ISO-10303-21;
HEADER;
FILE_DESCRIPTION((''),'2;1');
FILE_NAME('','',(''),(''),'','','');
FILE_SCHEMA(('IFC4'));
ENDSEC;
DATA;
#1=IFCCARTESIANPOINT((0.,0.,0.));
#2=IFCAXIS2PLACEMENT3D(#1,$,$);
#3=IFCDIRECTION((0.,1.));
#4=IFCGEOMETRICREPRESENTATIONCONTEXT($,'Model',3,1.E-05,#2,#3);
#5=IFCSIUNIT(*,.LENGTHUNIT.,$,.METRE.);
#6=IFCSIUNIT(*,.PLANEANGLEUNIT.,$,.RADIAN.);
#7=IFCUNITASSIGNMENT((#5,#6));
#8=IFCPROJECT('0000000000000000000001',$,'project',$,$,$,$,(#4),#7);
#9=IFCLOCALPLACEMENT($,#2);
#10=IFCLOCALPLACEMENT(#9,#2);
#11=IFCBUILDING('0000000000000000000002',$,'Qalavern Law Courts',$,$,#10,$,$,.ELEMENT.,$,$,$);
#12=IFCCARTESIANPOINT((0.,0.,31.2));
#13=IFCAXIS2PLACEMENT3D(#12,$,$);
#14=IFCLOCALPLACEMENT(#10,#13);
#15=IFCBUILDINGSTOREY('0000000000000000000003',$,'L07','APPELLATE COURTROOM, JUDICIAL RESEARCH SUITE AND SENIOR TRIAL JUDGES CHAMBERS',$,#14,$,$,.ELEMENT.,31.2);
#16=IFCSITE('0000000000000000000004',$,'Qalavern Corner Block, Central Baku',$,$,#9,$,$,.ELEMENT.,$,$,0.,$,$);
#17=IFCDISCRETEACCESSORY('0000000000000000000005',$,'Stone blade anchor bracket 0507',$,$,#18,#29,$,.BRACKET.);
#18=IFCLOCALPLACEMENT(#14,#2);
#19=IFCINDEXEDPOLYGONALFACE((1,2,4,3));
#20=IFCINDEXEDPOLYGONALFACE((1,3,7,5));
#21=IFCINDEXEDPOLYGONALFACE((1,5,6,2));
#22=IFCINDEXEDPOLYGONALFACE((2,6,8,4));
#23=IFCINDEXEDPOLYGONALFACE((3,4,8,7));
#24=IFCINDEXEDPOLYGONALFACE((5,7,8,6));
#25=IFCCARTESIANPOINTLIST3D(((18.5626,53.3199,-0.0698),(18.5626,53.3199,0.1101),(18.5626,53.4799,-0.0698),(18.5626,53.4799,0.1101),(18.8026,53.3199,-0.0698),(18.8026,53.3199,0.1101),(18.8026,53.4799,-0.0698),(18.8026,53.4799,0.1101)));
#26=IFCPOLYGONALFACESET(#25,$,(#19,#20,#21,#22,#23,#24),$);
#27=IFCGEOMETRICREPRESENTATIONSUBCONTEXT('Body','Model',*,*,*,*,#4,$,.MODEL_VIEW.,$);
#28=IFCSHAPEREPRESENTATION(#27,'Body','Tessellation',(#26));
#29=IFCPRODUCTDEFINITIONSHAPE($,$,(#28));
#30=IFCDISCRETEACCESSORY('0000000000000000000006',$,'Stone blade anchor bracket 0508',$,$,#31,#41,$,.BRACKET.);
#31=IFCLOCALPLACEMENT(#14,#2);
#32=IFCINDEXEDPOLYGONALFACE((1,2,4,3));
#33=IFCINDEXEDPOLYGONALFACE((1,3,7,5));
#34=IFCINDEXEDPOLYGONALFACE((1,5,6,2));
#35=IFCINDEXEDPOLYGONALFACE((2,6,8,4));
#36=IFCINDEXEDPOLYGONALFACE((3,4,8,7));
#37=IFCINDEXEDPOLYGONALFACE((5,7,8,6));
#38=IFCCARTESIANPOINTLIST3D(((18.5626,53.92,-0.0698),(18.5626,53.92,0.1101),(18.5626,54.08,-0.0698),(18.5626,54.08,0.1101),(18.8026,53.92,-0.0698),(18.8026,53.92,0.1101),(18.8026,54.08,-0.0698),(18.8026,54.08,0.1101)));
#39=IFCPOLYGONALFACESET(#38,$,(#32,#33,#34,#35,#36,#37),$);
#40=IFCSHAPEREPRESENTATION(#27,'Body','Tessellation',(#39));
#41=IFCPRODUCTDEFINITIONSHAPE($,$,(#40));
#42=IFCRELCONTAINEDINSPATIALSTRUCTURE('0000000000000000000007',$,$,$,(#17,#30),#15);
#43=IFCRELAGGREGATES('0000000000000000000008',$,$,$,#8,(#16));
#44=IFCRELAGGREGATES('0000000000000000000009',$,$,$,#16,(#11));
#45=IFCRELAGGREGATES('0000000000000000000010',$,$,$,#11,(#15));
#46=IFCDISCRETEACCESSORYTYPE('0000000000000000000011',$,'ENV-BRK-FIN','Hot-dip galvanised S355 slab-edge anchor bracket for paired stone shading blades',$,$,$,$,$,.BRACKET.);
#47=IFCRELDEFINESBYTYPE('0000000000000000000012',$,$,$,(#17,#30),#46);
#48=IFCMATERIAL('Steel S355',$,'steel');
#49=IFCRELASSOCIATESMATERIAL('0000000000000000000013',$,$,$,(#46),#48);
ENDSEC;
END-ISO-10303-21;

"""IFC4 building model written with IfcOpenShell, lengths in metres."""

from ifc_helpers import new_model, si_unit, direction, frame, origin, origin_2d, place, context, subcontext, project, spatial, rectangle, extrude, material, type_object, element, save


model = new_model("IFC4")

# Units and contexts
model_context = context("Model", 3, precision=1e-05, world=origin(), true_north=direction((0.0, 1.0)))
body_context = subcontext(model_context, "Body", "Model", "MODEL_VIEW")
ifc_project = project(units=[si_unit("LENGTHUNIT", "METRE"), si_unit("PLANEANGLEUNIT", "RADIAN")], contexts=[model_context])

# Site, building, storey
site_placement = place(None, origin())
site = spatial("IfcSite", under=ifc_project, at=site_placement, Name="Qalavern Corner Block, Central Baku", CompositionType="ELEMENT", RefElevation=0.0)
building_placement = place(site_placement, origin())
building = spatial("IfcBuilding", under=site, at=building_placement, Name="Qalavern Law Courts", CompositionType="ELEMENT")
storey_placement = place(building_placement, frame((0.0, 0.0, 31.2)))
storey = spatial("IfcBuildingStorey", under=building, at=storey_placement, Name="L07", Description="APPELLATE COURTROOM, JUDICIAL RESEARCH SUITE AND SENIOR TRIAL JUDGES CHAMBERS", CompositionType="ELEMENT", Elevation=31.2)

# Discrete accessories
ifc_material_1 = material(Name="Steel S355", Category="steel")
discrete_accessory_type = type_object("IfcDiscreteAccessoryType", Name="ENV-BRK-FIN", Description="Hot-dip galvanised S355 slab-edge anchor bracket for paired stone shading blades", PredefinedType="BRACKET", material=ifc_material_1)
for number, where, z_axis, x_axis, name in (
    (1, (18.6826, 53.3999, -0.0698), (0.0, 0.0, 1.0), (1.0, 0.0, 0.0), "Stone blade anchor bracket 0507"),
    (2, (18.6826, 54.0, -0.0698), (0.0, 0.0, 1.0), (1.0, 0.0, 0.0), "Stone blade anchor bracket 0508"),
):
    element("IfcDiscreteAccessory", number, at=place(storey_placement, frame(where, z_axis=z_axis, x_axis=x_axis)), inside=storey, type_object=discrete_accessory_type, Name=name, PredefinedType="BRACKET", context=body_context, shape_type="SweptSolid", body=[
        extrude(rectangle(XDim=0.24, YDim=0.1599, at=origin_2d()), origin(), (0.0, 0.0, 1.0), 0.1799),
    ])

save(model, "model.ifc")
